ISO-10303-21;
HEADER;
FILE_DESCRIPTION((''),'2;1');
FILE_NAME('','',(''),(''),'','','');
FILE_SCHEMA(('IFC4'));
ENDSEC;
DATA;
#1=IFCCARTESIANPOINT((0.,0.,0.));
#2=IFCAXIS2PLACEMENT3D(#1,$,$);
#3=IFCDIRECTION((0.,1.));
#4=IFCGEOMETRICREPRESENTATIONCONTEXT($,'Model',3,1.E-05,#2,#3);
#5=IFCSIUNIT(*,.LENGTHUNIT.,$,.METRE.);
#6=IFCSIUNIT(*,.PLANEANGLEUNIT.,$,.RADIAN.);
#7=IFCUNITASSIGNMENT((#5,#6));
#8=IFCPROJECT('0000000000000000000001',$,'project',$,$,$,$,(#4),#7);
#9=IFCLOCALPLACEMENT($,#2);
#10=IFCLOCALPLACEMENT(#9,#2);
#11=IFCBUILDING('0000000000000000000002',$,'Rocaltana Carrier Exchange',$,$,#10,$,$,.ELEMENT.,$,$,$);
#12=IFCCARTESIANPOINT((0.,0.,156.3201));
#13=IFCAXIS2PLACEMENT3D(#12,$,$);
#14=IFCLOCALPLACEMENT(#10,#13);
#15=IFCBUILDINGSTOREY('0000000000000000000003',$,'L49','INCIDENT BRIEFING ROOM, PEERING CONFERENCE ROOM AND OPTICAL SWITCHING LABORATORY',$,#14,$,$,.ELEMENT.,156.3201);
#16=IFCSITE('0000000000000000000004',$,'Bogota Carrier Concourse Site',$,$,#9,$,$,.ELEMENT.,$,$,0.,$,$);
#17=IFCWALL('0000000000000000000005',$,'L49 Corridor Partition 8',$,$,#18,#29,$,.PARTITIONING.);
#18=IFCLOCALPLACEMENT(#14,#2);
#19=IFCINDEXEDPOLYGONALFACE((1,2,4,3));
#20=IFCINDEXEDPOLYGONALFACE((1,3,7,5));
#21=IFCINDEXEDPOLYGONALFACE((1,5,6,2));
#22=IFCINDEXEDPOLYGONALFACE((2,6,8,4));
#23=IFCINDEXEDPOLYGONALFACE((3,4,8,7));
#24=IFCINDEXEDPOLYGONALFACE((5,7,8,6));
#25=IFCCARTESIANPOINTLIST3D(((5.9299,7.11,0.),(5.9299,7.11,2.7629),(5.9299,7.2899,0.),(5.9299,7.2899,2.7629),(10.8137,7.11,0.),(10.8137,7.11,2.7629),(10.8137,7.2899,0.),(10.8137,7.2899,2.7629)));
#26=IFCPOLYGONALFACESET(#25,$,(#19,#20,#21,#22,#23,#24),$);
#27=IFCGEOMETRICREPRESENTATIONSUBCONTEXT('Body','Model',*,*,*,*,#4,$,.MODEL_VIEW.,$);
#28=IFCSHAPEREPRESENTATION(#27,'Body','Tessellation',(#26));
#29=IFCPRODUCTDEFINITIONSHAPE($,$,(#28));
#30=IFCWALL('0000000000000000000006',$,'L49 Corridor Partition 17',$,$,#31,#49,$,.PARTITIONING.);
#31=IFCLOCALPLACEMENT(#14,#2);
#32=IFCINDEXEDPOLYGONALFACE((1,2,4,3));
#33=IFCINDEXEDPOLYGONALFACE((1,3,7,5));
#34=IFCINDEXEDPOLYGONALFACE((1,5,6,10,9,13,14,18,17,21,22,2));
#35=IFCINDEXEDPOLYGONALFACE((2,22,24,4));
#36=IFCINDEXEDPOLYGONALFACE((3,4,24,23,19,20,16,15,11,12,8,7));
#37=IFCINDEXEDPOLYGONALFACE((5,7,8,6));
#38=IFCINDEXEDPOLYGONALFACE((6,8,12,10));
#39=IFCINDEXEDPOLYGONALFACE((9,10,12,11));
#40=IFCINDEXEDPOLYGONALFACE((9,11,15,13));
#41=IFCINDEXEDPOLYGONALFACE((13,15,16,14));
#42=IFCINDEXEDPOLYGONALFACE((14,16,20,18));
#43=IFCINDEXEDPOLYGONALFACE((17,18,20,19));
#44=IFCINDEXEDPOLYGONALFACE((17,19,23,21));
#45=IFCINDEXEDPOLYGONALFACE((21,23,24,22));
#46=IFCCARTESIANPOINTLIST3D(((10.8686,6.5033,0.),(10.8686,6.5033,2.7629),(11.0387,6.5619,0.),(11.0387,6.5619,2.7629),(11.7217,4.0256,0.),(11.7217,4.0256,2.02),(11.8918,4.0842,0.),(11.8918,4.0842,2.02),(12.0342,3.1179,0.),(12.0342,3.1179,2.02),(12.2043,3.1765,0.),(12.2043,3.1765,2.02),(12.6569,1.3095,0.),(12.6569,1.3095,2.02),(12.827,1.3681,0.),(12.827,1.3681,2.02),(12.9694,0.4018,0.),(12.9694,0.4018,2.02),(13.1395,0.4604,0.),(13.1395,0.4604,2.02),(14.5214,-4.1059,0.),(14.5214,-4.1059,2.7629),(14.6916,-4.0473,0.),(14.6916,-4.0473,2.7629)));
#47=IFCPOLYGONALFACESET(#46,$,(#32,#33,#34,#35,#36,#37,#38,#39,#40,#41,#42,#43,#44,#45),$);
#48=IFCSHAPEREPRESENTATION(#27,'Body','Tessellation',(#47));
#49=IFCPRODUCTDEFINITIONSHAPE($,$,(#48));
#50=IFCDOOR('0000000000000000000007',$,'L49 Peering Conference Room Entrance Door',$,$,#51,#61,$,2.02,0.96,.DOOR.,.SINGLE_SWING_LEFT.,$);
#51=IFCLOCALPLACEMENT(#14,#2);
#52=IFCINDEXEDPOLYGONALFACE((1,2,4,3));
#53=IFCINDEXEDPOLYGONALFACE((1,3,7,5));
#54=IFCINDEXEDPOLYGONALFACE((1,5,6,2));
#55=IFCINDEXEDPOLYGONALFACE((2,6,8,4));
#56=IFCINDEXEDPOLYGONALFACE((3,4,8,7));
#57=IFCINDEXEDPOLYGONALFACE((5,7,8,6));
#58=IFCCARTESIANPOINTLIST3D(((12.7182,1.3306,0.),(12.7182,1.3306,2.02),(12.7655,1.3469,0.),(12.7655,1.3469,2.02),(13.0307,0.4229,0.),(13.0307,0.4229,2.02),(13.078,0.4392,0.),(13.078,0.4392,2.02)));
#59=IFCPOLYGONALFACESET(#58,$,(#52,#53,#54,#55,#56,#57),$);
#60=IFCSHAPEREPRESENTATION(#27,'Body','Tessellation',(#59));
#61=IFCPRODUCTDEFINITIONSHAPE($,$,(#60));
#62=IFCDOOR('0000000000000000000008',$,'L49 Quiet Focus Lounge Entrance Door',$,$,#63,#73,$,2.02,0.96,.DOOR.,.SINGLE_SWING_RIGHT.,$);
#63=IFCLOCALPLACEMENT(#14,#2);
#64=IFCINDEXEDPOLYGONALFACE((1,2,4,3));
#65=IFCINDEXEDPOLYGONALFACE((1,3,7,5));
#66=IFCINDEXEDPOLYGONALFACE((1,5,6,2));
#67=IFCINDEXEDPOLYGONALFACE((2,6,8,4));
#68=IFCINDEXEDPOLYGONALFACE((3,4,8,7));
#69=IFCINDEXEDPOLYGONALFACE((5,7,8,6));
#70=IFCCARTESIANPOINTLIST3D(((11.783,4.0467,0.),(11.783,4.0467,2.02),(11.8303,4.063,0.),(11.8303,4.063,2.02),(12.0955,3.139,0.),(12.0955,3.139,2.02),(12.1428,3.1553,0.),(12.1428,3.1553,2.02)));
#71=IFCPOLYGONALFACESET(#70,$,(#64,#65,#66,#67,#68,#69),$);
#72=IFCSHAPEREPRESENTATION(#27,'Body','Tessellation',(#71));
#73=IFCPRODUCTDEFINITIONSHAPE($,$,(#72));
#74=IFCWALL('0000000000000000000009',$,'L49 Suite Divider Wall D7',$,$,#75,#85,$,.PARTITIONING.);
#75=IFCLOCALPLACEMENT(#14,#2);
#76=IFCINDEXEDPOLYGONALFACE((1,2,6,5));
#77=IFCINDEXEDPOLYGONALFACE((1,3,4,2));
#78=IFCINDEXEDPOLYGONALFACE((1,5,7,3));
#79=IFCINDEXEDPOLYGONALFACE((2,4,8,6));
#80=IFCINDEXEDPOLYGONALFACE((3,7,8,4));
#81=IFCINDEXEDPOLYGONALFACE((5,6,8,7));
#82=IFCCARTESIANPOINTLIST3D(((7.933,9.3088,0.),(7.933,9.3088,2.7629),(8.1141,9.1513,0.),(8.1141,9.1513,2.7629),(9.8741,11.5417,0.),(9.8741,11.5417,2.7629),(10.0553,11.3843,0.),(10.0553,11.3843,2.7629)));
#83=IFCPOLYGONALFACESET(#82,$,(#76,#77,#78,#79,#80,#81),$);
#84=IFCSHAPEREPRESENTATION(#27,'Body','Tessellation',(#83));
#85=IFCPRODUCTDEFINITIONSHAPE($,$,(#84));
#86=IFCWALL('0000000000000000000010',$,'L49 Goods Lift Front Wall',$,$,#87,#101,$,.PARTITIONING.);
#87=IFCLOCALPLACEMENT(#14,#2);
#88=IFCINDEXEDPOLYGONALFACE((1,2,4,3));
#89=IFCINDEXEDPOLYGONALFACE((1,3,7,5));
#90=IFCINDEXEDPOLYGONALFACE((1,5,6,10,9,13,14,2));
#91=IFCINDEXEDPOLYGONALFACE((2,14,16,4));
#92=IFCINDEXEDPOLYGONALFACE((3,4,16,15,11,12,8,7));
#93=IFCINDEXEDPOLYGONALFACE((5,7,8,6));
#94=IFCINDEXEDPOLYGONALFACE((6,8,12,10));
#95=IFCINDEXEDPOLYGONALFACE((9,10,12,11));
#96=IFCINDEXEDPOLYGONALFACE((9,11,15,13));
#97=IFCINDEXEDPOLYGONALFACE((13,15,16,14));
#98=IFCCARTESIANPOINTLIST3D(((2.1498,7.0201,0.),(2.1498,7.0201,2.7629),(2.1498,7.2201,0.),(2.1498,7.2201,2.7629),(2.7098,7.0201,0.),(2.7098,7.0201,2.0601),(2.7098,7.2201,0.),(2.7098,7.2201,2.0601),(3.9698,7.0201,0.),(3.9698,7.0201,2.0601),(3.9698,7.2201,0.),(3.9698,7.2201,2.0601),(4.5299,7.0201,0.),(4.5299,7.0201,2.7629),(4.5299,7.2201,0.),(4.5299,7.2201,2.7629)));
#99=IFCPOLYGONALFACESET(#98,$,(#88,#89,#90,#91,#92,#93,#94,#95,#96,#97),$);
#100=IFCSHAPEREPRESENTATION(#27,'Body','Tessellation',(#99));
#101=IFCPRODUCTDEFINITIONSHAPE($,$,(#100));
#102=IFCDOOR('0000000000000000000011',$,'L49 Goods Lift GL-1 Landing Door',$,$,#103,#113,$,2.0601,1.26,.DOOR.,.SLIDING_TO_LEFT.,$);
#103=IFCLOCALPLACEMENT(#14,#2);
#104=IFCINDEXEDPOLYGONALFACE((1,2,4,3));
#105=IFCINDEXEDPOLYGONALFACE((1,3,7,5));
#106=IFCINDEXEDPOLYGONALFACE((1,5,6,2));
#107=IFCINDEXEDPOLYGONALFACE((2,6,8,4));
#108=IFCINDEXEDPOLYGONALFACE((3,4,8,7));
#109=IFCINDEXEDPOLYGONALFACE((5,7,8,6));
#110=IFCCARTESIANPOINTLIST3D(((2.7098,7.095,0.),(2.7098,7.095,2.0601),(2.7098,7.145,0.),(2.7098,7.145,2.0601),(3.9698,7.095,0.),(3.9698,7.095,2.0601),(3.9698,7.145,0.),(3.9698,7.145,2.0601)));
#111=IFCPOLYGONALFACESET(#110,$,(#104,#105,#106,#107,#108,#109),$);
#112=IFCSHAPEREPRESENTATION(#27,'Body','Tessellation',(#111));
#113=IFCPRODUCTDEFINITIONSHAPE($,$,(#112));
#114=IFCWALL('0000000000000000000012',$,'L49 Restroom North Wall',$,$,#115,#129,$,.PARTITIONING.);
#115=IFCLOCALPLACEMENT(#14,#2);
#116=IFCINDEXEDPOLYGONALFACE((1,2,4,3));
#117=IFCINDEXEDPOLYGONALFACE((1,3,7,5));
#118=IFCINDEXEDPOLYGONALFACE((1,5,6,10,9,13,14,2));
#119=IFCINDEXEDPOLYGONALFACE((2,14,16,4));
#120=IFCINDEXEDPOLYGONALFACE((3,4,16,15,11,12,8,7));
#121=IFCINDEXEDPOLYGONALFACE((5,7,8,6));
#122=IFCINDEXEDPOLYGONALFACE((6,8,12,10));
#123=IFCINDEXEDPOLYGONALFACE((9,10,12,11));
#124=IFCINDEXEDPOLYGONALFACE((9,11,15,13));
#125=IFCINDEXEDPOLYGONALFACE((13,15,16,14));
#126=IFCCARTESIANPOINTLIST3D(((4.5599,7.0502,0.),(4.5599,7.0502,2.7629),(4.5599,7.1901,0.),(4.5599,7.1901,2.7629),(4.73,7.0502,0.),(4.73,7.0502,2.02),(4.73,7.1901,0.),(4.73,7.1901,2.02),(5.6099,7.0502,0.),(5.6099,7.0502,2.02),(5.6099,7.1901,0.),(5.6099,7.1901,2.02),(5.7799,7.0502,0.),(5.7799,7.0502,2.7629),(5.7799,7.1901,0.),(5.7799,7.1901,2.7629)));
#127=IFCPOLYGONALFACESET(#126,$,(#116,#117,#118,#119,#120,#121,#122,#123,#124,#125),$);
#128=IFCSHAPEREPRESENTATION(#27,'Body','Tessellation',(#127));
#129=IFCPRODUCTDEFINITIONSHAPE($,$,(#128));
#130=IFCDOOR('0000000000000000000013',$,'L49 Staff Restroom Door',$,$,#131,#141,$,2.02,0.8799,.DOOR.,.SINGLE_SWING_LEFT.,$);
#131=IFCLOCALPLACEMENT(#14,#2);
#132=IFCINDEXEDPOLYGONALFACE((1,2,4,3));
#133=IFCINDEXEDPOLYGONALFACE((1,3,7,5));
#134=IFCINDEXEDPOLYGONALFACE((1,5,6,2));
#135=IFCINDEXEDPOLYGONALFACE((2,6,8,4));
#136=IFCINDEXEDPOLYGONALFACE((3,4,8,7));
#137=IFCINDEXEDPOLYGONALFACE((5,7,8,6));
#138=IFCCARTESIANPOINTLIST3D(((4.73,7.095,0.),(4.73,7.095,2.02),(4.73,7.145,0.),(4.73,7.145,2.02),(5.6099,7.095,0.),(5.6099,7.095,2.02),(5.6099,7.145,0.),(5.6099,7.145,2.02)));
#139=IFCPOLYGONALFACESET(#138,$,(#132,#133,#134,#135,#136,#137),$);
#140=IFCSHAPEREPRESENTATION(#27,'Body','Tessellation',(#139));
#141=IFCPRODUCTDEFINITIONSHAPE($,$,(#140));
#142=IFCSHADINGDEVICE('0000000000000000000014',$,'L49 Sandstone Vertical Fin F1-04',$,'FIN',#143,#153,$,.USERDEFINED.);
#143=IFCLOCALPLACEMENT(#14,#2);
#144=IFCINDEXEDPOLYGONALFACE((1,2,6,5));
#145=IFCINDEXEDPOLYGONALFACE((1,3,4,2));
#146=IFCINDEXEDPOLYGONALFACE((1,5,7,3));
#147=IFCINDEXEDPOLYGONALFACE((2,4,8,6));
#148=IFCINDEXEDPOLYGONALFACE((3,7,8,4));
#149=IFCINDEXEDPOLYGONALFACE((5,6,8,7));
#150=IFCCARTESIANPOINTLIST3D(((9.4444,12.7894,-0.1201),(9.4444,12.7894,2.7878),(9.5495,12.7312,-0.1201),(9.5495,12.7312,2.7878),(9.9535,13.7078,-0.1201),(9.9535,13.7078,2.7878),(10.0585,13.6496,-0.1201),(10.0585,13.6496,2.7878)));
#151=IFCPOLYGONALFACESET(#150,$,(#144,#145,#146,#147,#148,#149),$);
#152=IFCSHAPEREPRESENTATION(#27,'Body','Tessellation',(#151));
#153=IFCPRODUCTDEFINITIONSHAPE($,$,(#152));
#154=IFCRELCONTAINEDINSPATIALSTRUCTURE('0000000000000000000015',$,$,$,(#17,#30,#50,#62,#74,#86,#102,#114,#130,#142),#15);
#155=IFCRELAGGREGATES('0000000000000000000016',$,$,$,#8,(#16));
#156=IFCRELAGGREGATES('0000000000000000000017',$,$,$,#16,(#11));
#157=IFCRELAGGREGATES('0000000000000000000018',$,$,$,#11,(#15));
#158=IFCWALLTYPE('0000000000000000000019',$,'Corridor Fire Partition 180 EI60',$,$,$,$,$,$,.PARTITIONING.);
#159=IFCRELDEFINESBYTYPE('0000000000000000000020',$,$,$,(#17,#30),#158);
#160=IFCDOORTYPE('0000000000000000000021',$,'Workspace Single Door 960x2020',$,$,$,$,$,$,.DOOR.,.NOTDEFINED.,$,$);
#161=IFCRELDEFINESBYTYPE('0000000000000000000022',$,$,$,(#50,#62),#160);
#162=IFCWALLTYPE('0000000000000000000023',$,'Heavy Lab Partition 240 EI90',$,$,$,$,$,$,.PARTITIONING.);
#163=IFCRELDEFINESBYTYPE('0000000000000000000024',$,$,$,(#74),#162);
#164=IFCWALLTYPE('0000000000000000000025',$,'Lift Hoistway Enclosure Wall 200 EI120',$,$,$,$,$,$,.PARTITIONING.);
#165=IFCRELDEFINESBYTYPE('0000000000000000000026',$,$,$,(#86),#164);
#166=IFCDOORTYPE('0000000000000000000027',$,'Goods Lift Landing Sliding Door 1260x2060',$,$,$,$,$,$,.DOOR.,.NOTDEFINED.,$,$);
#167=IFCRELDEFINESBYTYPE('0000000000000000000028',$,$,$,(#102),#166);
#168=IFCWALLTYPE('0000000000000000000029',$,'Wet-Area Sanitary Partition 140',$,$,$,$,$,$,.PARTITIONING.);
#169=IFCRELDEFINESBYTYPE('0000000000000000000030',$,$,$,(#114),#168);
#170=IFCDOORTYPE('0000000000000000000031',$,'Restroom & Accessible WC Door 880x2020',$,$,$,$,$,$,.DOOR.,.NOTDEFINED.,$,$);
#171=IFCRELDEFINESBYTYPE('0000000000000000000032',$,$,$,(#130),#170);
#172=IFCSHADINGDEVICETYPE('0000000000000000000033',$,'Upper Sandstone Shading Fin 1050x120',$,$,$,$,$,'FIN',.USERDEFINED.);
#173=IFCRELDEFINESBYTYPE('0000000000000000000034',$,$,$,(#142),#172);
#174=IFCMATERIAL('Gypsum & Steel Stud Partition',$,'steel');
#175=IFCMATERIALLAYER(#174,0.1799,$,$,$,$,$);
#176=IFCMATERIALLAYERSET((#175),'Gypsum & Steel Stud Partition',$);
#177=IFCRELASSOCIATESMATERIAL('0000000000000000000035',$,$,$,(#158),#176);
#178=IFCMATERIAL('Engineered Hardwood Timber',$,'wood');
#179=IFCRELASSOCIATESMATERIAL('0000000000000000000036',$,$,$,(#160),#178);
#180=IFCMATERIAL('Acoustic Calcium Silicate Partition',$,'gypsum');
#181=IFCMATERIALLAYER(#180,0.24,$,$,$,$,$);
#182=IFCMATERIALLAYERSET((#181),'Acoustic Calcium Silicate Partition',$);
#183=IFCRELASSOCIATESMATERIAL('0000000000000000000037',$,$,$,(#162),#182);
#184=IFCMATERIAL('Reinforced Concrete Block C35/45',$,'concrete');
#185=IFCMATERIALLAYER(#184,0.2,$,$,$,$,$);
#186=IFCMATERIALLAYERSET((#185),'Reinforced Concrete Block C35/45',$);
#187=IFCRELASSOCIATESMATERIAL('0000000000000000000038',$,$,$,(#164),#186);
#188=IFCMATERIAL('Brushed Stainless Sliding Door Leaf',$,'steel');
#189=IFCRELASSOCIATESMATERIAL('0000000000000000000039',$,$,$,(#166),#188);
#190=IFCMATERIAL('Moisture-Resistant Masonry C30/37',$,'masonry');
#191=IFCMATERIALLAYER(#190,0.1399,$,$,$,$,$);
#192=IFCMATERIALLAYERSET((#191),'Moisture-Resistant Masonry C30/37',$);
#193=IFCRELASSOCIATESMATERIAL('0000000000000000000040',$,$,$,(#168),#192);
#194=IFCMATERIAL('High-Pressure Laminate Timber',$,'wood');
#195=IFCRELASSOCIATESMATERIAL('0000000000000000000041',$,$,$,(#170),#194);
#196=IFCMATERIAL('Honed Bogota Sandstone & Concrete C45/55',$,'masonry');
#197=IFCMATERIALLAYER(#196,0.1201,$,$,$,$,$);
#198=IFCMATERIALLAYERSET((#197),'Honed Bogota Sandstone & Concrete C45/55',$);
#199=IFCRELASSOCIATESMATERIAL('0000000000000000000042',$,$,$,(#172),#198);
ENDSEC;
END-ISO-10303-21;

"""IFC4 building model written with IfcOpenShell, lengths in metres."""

from ifc_helpers import new_model, si_unit, direction, frame, frame_2d, origin, origin_2d, place, context, subcontext, project, spatial, rectangle, extrude, material, layer, layer_set, type_object, element, fill, save


model = new_model("IFC4")

# Units and contexts
model_context = context("Model", 3, precision=1e-05, world=origin(), true_north=direction((0.0, 1.0)))
body_context = subcontext(model_context, "Body", "Model", "MODEL_VIEW")
ifc_project = project(units=[si_unit("LENGTHUNIT", "METRE"), si_unit("PLANEANGLEUNIT", "RADIAN")], contexts=[model_context])

# Site, building, storey
site_placement = place(None, origin())
site = spatial("IfcSite", under=ifc_project, at=site_placement, Name="Bogota Carrier Concourse Site", CompositionType="ELEMENT", RefElevation=0.0)
building_placement = place(site_placement, origin())
building = spatial("IfcBuilding", under=site, at=building_placement, Name="Rocaltana Carrier Exchange", CompositionType="ELEMENT")
storey_placement = place(building_placement, frame((0.0, 0.0, 156.3201)))
storey = spatial("IfcBuildingStorey", under=building, at=storey_placement, Name="L49", Description="INCIDENT BRIEFING ROOM, PEERING CONFERENCE ROOM AND OPTICAL SWITCHING LABORATORY", CompositionType="ELEMENT", Elevation=156.3201)

# Wall
ifc_material_1 = material(Name="Gypsum & Steel Stud Partition", Category="steel")
ifc_layer_1 = layer(ifc_material_1, 0.1799)
ifc_layer_set_1 = layer_set([ifc_layer_1], Name="Gypsum & Steel Stud Partition")
wall_type_1 = type_object("IfcWallType", Name="Corridor Fire Partition 180 EI60", PredefinedType="PARTITIONING", material=ifc_layer_set_1)
wall_1_placement = place(storey_placement, frame((10.8137, 7.2, 0.0), z_axis=(0.0, 0.0, 1.0), x_axis=(-1.0, 0.0, 0.0)))
element("IfcWall", 1, at=wall_1_placement, inside=storey, type_object=wall_type_1, Name="L49 Corridor Partition 8", PredefinedType="PARTITIONING", context=body_context, shape_type="SweptSolid", body=[
    extrude(rectangle(XDim=4.8838, YDim=0.1799, at=frame_2d((2.4419, 0.0))), origin(), (0.0, 0.0, 1.0), 2.7629),
])

# Wall, openings, doors
wall_2_placement = place(storey_placement, frame((10.9536, 6.5327, 0.0), z_axis=(0.0, 0.0, 1.0), x_axis=(0.325553, -0.945524, 0.0)))
wall_2 = element("IfcWall", 2, at=wall_2_placement, inside=storey, type_object=wall_type_1, Name="L49 Corridor Partition 17", PredefinedType="PARTITIONING", context=body_context, shape_type="SweptSolid", body=[
    extrude(rectangle(XDim=11.2205, YDim=0.1799, at=frame_2d((5.6104, 0.0))), origin(), (0.0, 0.0, 1.0), 2.7629),
])
opening_1_placement = place(wall_2_placement, frame((5.4932, 0.0, 0.0)))
opening_1 = element("IfcOpeningElement", 3, at=opening_1_placement, cuts=wall_2, PredefinedType="OPENING", context=body_context, shape_type="SweptSolid", body=[
    extrude(rectangle(XDim=0.96, YDim=2.02, at=frame_2d((0.48, 1.01))), frame((0.0, 0.0999, 0.0), z_axis=(0.0, -1.0, 0.0), x_axis=(1.0, 0.0, 0.0)), (0.0, 0.0, 1.0), 0.2),
])
opening_2_placement = place(wall_2_placement, frame((2.6206, 0.0, 0.0)))
opening_2 = element("IfcOpeningElement", 4, at=opening_2_placement, cuts=wall_2, PredefinedType="OPENING", context=body_context, shape_type="SweptSolid", body=[
    extrude(rectangle(XDim=0.96, YDim=2.02, at=frame_2d((0.48, 1.01))), frame((0.0, 0.0999, 0.0), z_axis=(0.0, -1.0, 0.0), x_axis=(1.0, 0.0, 0.0)), (0.0, 0.0, 1.0), 0.2),
])
ifc_material_2 = material(Name="Engineered Hardwood Timber", Category="wood")
door_type_1 = type_object("IfcDoorType", Name="Workspace Single Door 960x2020", OperationType="NOTDEFINED", PredefinedType="DOOR", material=ifc_material_2)
door_1_placement = place(opening_1_placement, origin())
door_1 = element("IfcDoor", 5, at=door_1_placement, inside=storey, type_object=door_type_1, Name="L49 Peering Conference Room Entrance Door", OperationType="SINGLE_SWING_LEFT", OverallHeight=2.02, OverallWidth=0.96, PredefinedType="DOOR", context=body_context, shape_type="SweptSolid", body=[
    extrude(rectangle(XDim=0.96, YDim=2.02, at=frame_2d((0.48, 1.01))), frame((0.0, 0.0249, 0.0), z_axis=(0.0, -1.0, 0.0), x_axis=(1.0, 0.0, 0.0)), (0.0, 0.0, 1.0), 0.05),
])
fill(opening_1, door_1)
door_2_placement = place(opening_2_placement, origin())
door_2 = element("IfcDoor", 6, at=door_2_placement, inside=storey, type_object=door_type_1, Name="L49 Quiet Focus Lounge Entrance Door", OperationType="SINGLE_SWING_RIGHT", OverallHeight=2.02, OverallWidth=0.96, PredefinedType="DOOR", context=body_context, shape_type="SweptSolid", body=[
    extrude(rectangle(XDim=0.96, YDim=2.02, at=frame_2d((0.48, 1.01))), frame((0.0, 0.0249, 0.0), z_axis=(0.0, -1.0, 0.0), x_axis=(1.0, 0.0, 0.0)), (0.0, 0.0, 1.0), 0.05),
])
fill(opening_2, door_2)

# Wall
ifc_material_3 = material(Name="Acoustic Calcium Silicate Partition", Category="gypsum")
ifc_layer_2 = layer(ifc_material_3, 0.24)
ifc_layer_set_2 = layer_set([ifc_layer_2], Name="Acoustic Calcium Silicate Partition")
wall_type_2 = type_object("IfcWallType", Name="Heavy Lab Partition 240 EI90", PredefinedType="PARTITIONING", material=ifc_layer_set_2)
wall_3_placement = place(storey_placement, frame((8.0234, 9.23, 0.0), z_axis=(0.0, 0.0, 1.0), x_axis=(0.656083, 0.754689, 0.0)))
element("IfcWall", 7, at=wall_3_placement, inside=storey, type_object=wall_type_2, Name="L49 Suite Divider Wall D7", PredefinedType="PARTITIONING", context=body_context, shape_type="SweptSolid", body=[
    extrude(rectangle(XDim=2.9587, YDim=0.24, at=frame_2d((1.4795, 0.0))), origin(), (0.0, 0.0, 1.0), 2.7629),
])

# Walls, openings, doors
ifc_material_4 = material(Name="Reinforced Concrete Block C35/45", Category="concrete")
ifc_layer_3 = layer(ifc_material_4, 0.2)
ifc_layer_set_3 = layer_set([ifc_layer_3], Name="Reinforced Concrete Block C35/45")
wall_type_3 = type_object("IfcWallType", Name="Lift Hoistway Enclosure Wall 200 EI120", PredefinedType="PARTITIONING", material=ifc_layer_set_3)
wall_4_placement = place(storey_placement, frame((2.1499, 7.1201, 0.0), z_axis=(0.0, 0.0, 1.0), x_axis=(1.0, 0.0, 0.0)))
wall_4 = element("IfcWall", 8, at=wall_4_placement, inside=storey, type_object=wall_type_3, Name="L49 Goods Lift Front Wall", PredefinedType="PARTITIONING", context=body_context, shape_type="SweptSolid", body=[
    extrude(rectangle(XDim=2.3801, YDim=0.2, at=frame_2d((1.1899, 0.0))), origin(), (0.0, 0.0, 1.0), 2.7629),
])
opening_3_placement = place(wall_4_placement, frame((0.5601, 0.0, 0.0)))
opening_3 = element("IfcOpeningElement", 9, at=opening_3_placement, cuts=wall_4, PredefinedType="OPENING", context=body_context, shape_type="SweptSolid", body=[
    extrude(rectangle(XDim=1.26, YDim=2.0601, at=frame_2d((0.6299, 1.03))), frame((0.0, 0.1099, 0.0), z_axis=(0.0, -1.0, 0.0), x_axis=(1.0, 0.0, 0.0)), (0.0, 0.0, 1.0), 0.22),
])
ifc_material_5 = material(Name="Brushed Stainless Sliding Door Leaf", Category="steel")
door_type_2 = type_object("IfcDoorType", Name="Goods Lift Landing Sliding Door 1260x2060", OperationType="NOTDEFINED", PredefinedType="DOOR", material=ifc_material_5)
door_3_placement = place(opening_3_placement, origin())
door_3 = element("IfcDoor", 10, at=door_3_placement, inside=storey, type_object=door_type_2, Name="L49 Goods Lift GL-1 Landing Door", OperationType="SLIDING_TO_LEFT", OverallHeight=2.0601, OverallWidth=1.26, PredefinedType="DOOR", context=body_context, shape_type="SweptSolid", body=[
    extrude(rectangle(XDim=1.26, YDim=2.0601, at=frame_2d((0.6299, 1.03))), frame((0.0, 0.0249, 0.0), z_axis=(0.0, -1.0, 0.0), x_axis=(1.0, 0.0, 0.0)), (0.0, 0.0, 1.0), 0.05),
])
fill(opening_3, door_3)
ifc_material_6 = material(Name="Moisture-Resistant Masonry C30/37", Category="masonry")
ifc_layer_4 = layer(ifc_material_6, 0.1399)
ifc_layer_set_4 = layer_set([ifc_layer_4], Name="Moisture-Resistant Masonry C30/37")
wall_type_4 = type_object("IfcWallType", Name="Wet-Area Sanitary Partition 140", PredefinedType="PARTITIONING", material=ifc_layer_set_4)
wall_5_placement = place(storey_placement, frame((4.5601, 7.1201, 0.0), z_axis=(0.0, 0.0, 1.0), x_axis=(1.0, 0.0, 0.0)))
wall_5 = element("IfcWall", 11, at=wall_5_placement, inside=storey, type_object=wall_type_4, Name="L49 Restroom North Wall", PredefinedType="PARTITIONING", context=body_context, shape_type="SweptSolid", body=[
    extrude(rectangle(XDim=1.22, YDim=0.1399, at=frame_2d((0.6099, 0.0))), origin(), (0.0, 0.0, 1.0), 2.7629),
])
opening_4_placement = place(wall_5_placement, frame((0.1699, 0.0, 0.0)))
opening_4 = element("IfcOpeningElement", 12, at=opening_4_placement, cuts=wall_5, PredefinedType="OPENING", context=body_context, shape_type="SweptSolid", body=[
    extrude(rectangle(XDim=0.8799, YDim=2.02, at=frame_2d((0.4399, 1.01))), frame((0.0, 0.0798, 0.0), z_axis=(0.0, -1.0, 0.0), x_axis=(1.0, 0.0, 0.0)), (0.0, 0.0, 1.0), 0.1599),
])
ifc_material_7 = material(Name="High-Pressure Laminate Timber", Category="wood")
door_type_3 = type_object("IfcDoorType", Name="Restroom & Accessible WC Door 880x2020", OperationType="NOTDEFINED", PredefinedType="DOOR", material=ifc_material_7)
door_4_placement = place(opening_4_placement, origin())
door_4 = element("IfcDoor", 13, at=door_4_placement, inside=storey, type_object=door_type_3, Name="L49 Staff Restroom Door", OperationType="SINGLE_SWING_LEFT", OverallHeight=2.02, OverallWidth=0.8799, PredefinedType="DOOR", context=body_context, shape_type="SweptSolid", body=[
    extrude(rectangle(XDim=0.8799, YDim=2.02, at=frame_2d((0.4399, 1.01))), frame((0.0, 0.0249, 0.0), z_axis=(0.0, -1.0, 0.0), x_axis=(1.0, 0.0, 0.0)), (0.0, 0.0, 1.0), 0.05),
])
fill(opening_4, door_4)

# Shading device
ifc_material_8 = material(Name="Honed Bogota Sandstone & Concrete C45/55", Category="masonry")
ifc_layer_5 = layer(ifc_material_8, 0.1201)
ifc_layer_set_5 = layer_set([ifc_layer_5], Name="Honed Bogota Sandstone & Concrete C45/55")
shading_device_type = type_object("IfcShadingDeviceType", Name="Upper Sandstone Shading Fin 1050x120", ElementType="FIN", PredefinedType="USERDEFINED", material=ifc_layer_set_5)
shading_device_placement = place(storey_placement, frame((9.7515, 13.2195, -0.1201), z_axis=(0.0, 0.0, 1.0), x_axis=(0.48481, 0.87462, 0.0)))
element("IfcShadingDevice", 14, at=shading_device_placement, inside=storey, type_object=shading_device_type, Name="L49 Sandstone Vertical Fin F1-04", ObjectType="FIN", PredefinedType="USERDEFINED", context=body_context, shape_type="SweptSolid", body=[
    extrude(rectangle(XDim=1.05, YDim=0.1201, at=origin_2d()), origin(), (0.0, 0.0, 1.0), 2.908),
])

save(model, "model.ifc")
